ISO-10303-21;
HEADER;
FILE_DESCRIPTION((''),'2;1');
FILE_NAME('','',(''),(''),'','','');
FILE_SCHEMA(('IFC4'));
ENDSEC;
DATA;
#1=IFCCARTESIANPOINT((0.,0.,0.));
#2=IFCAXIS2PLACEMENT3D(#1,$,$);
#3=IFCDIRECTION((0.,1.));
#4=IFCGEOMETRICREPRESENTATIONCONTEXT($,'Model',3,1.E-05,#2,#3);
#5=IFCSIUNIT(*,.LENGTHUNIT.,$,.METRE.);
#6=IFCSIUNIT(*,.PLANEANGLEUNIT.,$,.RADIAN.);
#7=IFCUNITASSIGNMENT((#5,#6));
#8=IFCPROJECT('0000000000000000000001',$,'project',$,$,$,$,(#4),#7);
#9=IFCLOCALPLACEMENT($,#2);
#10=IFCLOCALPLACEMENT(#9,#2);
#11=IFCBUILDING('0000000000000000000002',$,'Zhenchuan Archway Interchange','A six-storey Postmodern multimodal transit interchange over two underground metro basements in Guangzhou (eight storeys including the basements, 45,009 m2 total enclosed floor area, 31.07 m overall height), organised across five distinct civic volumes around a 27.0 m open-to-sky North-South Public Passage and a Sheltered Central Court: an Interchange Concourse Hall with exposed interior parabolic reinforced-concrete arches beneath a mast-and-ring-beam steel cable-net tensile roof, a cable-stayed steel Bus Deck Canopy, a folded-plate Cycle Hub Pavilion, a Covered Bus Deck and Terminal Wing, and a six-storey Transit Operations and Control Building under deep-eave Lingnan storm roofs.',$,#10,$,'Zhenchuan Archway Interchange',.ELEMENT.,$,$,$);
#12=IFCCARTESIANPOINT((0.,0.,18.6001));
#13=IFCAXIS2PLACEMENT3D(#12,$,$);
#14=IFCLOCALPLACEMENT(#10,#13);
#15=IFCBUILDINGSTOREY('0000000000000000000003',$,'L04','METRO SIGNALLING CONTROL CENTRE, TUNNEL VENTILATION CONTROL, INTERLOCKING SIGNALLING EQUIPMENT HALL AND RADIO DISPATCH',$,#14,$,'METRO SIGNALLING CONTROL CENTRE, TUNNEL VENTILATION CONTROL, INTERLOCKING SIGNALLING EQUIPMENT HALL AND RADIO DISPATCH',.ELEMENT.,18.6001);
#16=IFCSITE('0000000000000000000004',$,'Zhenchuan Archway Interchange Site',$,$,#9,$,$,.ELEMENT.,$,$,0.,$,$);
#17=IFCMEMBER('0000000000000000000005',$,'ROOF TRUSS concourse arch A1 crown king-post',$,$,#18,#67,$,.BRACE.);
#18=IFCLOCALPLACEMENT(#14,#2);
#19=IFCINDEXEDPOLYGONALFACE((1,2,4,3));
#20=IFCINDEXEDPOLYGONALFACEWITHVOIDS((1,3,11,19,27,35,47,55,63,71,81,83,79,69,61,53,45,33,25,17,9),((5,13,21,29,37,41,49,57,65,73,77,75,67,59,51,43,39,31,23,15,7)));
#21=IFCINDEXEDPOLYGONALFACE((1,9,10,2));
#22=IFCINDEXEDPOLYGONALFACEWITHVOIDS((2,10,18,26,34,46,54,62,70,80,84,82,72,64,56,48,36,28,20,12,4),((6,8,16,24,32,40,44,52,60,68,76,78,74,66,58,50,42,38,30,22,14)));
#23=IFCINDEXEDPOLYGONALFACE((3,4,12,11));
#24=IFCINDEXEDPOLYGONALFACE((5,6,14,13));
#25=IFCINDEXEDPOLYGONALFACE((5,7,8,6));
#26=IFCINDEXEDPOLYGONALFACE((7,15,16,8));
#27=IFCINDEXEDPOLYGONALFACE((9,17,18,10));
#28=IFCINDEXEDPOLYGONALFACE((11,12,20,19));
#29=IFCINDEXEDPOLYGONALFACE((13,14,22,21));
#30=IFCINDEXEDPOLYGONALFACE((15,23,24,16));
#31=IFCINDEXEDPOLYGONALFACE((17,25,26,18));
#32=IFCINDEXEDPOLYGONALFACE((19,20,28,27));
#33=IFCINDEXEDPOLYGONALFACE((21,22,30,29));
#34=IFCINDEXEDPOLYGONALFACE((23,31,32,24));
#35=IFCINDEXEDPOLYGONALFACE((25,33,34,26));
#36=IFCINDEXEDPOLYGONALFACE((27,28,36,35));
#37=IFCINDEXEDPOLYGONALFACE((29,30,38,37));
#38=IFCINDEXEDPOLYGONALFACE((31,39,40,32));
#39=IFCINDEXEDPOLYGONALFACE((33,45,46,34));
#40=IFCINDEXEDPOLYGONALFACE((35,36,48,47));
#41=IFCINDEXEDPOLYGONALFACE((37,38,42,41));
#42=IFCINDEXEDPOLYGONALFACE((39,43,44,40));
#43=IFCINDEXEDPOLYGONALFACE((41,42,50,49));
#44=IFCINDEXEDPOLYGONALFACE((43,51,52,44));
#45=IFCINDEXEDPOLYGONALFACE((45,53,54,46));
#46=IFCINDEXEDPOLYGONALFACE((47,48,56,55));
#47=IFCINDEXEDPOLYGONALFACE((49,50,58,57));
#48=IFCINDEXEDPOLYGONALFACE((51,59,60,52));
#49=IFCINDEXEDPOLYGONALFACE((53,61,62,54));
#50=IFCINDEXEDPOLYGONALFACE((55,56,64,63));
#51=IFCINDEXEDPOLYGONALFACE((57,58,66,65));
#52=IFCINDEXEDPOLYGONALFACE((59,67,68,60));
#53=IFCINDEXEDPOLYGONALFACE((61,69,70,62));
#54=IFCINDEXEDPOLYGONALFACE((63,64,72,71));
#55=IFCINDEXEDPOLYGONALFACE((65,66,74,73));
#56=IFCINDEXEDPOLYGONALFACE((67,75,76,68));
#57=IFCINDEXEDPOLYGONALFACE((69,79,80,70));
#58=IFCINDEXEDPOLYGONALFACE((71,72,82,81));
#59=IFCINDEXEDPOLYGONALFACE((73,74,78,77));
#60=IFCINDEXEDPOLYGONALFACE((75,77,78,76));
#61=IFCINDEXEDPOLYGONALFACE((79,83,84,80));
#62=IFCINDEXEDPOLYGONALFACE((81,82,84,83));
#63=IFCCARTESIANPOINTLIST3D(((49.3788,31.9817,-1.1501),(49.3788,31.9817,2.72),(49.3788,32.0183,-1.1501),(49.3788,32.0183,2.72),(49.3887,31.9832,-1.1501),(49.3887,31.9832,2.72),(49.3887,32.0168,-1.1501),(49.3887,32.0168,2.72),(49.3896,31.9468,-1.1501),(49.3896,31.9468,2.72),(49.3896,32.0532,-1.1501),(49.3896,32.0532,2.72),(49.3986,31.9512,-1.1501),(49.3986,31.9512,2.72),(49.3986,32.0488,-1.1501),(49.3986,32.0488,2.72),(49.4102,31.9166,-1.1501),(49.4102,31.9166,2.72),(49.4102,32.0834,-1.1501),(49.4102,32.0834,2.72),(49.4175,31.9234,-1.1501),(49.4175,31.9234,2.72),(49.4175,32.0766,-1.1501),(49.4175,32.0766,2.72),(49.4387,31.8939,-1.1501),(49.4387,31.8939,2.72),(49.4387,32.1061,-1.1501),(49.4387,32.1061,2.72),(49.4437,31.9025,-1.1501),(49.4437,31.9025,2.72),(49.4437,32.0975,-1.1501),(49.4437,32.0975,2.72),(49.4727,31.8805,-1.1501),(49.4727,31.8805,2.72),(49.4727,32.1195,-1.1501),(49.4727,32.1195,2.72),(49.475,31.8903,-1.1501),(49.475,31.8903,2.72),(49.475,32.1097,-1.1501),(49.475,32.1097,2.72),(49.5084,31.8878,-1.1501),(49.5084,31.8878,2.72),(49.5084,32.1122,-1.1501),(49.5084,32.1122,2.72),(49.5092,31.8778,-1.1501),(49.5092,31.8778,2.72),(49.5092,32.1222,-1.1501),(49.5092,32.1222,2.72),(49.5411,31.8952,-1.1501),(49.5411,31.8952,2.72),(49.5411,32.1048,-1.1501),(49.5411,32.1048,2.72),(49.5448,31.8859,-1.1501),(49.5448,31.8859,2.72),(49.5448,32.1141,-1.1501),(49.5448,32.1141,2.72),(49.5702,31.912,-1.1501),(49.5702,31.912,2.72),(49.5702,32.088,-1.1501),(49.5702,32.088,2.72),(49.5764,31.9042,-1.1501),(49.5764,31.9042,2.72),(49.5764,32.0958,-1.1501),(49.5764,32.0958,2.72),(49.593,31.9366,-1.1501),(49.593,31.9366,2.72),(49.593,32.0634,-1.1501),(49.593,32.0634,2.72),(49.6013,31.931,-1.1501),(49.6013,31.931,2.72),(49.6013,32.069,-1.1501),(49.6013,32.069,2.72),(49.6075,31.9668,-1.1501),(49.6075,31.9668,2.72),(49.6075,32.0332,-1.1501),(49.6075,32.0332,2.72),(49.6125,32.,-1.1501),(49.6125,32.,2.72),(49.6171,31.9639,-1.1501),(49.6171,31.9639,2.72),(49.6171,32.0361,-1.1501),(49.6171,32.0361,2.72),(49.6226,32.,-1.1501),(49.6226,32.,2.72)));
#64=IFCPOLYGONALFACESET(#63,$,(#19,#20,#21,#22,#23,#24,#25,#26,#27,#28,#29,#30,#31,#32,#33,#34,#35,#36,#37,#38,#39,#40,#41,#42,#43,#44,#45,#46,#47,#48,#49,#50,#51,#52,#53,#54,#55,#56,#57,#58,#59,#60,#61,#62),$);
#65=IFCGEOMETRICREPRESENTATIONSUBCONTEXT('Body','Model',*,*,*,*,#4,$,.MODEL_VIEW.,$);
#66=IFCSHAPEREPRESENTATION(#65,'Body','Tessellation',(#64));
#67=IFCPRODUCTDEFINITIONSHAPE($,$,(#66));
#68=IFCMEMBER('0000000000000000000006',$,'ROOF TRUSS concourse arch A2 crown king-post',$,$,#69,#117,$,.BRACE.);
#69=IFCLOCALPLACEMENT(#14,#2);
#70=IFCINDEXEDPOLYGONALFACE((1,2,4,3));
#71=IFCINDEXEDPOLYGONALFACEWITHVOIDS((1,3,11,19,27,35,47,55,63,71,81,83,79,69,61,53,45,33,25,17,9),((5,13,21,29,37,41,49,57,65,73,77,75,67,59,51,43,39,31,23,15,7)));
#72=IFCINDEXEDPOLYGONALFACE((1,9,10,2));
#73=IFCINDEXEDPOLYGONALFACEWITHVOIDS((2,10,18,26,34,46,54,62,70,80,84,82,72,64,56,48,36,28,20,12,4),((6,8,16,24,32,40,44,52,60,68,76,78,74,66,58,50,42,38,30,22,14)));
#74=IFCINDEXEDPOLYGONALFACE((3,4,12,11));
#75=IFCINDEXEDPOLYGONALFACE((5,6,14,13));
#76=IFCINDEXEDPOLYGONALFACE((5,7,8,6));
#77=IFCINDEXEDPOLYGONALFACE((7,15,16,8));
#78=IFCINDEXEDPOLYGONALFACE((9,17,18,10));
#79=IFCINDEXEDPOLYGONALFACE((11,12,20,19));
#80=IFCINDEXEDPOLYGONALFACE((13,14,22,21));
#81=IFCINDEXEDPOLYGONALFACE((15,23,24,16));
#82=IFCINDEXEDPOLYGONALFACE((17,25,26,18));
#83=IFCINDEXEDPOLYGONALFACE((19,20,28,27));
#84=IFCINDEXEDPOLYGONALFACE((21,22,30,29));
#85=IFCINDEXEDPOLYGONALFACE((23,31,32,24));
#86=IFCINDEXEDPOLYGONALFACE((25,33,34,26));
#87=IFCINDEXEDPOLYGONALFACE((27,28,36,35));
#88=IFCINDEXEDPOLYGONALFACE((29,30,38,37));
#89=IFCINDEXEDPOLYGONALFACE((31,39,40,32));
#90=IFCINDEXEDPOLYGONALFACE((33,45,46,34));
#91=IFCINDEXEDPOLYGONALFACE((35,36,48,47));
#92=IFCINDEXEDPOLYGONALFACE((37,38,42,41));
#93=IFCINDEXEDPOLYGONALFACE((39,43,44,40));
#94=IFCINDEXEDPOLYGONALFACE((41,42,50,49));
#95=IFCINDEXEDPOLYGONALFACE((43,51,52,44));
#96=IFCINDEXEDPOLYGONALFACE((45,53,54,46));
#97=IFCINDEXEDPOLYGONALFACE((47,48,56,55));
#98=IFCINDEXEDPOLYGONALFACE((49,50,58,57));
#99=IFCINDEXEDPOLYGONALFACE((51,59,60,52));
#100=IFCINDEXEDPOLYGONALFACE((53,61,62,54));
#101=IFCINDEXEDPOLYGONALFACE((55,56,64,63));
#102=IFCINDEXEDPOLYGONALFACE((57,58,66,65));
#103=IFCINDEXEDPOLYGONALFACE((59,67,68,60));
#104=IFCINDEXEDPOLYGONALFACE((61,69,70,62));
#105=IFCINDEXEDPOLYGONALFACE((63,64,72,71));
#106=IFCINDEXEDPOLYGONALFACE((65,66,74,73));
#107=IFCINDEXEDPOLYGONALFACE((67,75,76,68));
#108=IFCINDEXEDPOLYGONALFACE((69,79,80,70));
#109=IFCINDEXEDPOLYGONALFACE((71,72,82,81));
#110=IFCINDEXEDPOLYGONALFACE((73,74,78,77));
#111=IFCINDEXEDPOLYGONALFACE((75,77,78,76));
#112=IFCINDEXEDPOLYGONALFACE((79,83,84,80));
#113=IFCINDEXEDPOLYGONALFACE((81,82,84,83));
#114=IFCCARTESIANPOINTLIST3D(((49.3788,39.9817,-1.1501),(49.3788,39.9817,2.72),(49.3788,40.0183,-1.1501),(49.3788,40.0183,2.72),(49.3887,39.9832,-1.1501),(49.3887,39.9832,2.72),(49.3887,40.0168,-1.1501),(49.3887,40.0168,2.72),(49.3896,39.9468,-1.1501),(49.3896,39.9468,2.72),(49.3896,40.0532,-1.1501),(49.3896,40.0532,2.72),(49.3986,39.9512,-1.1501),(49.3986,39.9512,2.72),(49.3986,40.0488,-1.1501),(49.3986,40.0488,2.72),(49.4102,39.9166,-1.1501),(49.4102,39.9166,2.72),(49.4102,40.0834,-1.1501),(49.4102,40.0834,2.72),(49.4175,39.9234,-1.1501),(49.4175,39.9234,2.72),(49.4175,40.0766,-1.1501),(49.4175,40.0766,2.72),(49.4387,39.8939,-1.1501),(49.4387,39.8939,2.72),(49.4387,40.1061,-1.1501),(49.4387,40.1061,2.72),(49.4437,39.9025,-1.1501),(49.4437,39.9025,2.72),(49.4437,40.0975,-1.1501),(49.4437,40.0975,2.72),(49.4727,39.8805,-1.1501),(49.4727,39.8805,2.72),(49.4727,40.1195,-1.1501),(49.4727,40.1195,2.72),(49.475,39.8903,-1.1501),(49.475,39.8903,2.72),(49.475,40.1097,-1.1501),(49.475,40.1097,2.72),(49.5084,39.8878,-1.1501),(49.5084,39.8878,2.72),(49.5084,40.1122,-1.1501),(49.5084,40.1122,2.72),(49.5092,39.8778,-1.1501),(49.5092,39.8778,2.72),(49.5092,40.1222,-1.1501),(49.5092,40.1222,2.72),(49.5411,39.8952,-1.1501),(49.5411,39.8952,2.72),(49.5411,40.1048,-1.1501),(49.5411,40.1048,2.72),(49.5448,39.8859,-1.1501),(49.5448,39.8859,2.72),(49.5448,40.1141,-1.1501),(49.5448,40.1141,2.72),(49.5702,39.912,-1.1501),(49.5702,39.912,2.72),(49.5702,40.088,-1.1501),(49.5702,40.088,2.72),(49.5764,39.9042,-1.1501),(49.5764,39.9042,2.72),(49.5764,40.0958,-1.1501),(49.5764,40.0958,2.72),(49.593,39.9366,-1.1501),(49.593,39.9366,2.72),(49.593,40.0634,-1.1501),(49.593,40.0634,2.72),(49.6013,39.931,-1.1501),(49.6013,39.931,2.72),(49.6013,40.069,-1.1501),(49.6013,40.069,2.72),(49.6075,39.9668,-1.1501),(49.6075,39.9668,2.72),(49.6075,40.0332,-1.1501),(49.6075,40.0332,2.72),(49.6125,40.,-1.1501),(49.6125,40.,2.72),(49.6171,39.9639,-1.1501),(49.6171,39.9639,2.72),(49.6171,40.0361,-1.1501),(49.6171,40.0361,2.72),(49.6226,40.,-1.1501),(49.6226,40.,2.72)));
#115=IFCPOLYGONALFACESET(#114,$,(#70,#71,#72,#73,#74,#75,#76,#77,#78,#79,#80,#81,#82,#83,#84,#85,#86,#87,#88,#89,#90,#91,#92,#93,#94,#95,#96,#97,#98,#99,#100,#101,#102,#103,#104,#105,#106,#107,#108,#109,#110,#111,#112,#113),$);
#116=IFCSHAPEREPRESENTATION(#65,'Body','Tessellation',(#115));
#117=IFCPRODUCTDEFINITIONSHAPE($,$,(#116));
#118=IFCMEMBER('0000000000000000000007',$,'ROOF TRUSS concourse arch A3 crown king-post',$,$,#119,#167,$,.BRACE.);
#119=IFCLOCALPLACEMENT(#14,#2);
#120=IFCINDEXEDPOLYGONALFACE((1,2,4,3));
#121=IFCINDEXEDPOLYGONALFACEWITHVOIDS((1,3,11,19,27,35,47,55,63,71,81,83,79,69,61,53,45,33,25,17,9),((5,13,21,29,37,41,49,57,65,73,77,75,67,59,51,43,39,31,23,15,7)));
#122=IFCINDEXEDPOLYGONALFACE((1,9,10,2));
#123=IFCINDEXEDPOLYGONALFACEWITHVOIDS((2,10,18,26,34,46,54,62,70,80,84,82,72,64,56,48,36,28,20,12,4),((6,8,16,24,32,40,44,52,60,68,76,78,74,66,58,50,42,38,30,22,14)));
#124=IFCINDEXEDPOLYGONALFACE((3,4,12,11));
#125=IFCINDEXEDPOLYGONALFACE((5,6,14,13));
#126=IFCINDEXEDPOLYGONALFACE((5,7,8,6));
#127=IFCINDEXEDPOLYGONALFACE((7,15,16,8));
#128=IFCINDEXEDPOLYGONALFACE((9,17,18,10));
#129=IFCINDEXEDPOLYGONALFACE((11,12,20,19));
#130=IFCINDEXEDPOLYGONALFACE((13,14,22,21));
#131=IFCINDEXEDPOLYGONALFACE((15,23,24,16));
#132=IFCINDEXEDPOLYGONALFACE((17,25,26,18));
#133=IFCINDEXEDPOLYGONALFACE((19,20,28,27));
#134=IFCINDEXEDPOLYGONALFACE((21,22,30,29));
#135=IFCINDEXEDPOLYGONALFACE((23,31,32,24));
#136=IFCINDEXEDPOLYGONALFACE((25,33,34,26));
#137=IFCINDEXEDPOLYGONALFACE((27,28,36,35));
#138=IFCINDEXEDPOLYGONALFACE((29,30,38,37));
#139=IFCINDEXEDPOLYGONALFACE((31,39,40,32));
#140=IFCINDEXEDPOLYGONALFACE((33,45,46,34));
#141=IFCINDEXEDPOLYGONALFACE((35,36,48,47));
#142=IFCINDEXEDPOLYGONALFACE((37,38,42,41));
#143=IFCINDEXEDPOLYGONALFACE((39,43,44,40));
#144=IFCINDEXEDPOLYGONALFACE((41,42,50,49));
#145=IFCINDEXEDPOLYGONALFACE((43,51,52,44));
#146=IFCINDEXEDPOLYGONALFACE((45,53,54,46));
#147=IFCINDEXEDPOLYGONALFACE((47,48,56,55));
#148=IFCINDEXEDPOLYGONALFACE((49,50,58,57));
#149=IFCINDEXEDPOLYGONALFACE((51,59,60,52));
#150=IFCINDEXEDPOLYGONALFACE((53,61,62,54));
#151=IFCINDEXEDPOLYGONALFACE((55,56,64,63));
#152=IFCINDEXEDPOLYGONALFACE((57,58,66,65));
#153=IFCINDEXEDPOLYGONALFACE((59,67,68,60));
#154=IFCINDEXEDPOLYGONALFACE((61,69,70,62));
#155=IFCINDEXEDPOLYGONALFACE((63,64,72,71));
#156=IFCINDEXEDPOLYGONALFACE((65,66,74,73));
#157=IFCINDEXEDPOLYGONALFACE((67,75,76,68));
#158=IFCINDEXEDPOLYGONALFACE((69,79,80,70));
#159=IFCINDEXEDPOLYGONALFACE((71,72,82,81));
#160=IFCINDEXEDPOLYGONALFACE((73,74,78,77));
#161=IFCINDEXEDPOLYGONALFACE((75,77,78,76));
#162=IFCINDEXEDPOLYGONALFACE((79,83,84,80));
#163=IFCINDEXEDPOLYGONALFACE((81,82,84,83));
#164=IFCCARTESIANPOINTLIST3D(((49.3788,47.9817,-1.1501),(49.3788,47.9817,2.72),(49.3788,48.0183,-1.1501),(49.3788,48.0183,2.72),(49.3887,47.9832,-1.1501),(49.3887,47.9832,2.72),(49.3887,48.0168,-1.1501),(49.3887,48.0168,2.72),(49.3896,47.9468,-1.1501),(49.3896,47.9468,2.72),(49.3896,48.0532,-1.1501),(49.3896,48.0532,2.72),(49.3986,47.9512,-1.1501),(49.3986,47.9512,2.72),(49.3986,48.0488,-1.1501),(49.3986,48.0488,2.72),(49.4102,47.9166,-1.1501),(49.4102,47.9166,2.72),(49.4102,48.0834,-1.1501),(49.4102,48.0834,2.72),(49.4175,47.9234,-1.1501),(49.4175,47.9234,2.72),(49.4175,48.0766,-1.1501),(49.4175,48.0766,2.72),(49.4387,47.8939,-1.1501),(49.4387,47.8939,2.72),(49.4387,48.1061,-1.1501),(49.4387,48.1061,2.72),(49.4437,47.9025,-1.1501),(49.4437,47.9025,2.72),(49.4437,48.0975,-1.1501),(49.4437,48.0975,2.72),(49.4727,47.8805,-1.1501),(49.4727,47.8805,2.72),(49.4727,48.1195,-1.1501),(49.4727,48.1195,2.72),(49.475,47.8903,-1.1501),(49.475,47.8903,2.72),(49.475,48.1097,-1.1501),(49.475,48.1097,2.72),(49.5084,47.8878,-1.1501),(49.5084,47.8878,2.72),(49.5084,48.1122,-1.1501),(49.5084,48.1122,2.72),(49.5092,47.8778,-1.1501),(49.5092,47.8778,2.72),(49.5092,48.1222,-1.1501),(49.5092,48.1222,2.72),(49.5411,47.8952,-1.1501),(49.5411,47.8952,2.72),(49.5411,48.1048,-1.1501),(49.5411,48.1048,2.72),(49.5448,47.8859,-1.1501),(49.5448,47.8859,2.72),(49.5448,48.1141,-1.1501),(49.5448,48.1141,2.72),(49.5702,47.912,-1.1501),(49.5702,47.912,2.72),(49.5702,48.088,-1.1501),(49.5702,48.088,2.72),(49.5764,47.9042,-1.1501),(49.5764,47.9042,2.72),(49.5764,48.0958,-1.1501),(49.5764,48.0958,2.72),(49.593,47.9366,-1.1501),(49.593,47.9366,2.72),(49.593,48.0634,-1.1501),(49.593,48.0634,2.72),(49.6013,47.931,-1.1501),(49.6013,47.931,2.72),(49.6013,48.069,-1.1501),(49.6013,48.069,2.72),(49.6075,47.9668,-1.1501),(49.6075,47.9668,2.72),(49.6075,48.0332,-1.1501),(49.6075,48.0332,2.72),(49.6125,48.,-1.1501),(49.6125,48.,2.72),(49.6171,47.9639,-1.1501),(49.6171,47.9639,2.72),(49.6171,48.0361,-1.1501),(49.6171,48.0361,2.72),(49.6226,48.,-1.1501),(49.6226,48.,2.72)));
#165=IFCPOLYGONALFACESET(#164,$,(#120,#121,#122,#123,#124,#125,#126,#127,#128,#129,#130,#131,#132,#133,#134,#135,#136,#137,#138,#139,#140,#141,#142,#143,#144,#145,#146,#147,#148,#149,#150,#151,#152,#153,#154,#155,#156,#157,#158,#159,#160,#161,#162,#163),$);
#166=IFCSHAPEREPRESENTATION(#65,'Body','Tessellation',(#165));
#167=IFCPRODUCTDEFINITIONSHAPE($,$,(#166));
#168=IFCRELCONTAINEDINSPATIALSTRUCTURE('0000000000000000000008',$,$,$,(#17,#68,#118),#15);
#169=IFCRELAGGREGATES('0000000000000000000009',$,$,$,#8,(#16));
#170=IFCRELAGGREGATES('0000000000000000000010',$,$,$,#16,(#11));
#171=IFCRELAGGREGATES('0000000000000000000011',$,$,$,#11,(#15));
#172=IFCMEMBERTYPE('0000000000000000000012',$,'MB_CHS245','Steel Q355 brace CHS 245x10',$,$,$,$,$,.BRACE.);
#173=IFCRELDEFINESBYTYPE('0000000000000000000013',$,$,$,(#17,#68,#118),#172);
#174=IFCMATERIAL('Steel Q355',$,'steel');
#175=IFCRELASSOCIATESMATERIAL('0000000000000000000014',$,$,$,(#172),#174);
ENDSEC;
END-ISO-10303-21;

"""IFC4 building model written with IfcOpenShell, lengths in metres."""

from ifc_helpers import new_model, si_unit, direction, frame, origin, origin_2d, place, context, subcontext, project, spatial, hollow_circle, extrude, material, material_profile, profile_set, type_object, element, save


model = new_model("IFC4")

# Units and contexts
model_context = context("Model", 3, precision=1e-05, world=origin(), true_north=direction((0.0, 1.0)))
body_context = subcontext(model_context, "Body", "Model", "MODEL_VIEW")
ifc_project = project(units=[si_unit("LENGTHUNIT", "METRE"), si_unit("PLANEANGLEUNIT", "RADIAN")], contexts=[model_context])

# Site, building, storey
site_placement = place(None, origin())
site = spatial("IfcSite", under=ifc_project, at=site_placement, Name="Zhenchuan Archway Interchange Site", CompositionType="ELEMENT", RefElevation=0.0)
building_placement = place(site_placement, origin())
building = spatial("IfcBuilding", under=site, at=building_placement, Name="Zhenchuan Archway Interchange", Description="A six-storey Postmodern multimodal transit interchange over two underground metro basements in Guangzhou (eight storeys including the basements, 45,009 m2 total enclosed floor area, 31.07 m overall height), organised across five distinct civic volumes around a 27.0 m open-to-sky North-South Public Passage and a Sheltered Central Court: an Interchange Concourse Hall with exposed interior parabolic reinforced-concrete arches beneath a mast-and-ring-beam steel cable-net tensile roof, a cable-stayed steel Bus Deck Canopy, a folded-plate Cycle Hub Pavilion, a Covered Bus Deck and Terminal Wing, and a six-storey Transit Operations and Control Building under deep-eave Lingnan storm roofs.", LongName="Zhenchuan Archway Interchange", CompositionType="ELEMENT")
storey_placement = place(building_placement, frame((0.0, 0.0, 18.6001)))
storey = spatial("IfcBuildingStorey", under=building, at=storey_placement, Name="L04", Description="METRO SIGNALLING CONTROL CENTRE, TUNNEL VENTILATION CONTROL, INTERLOCKING SIGNALLING EQUIPMENT HALL AND RADIO DISPATCH", LongName="METRO SIGNALLING CONTROL CENTRE, TUNNEL VENTILATION CONTROL, INTERLOCKING SIGNALLING EQUIPMENT HALL AND RADIO DISPATCH", CompositionType="ELEMENT", Elevation=18.6001)

# Members
ifc_material_1 = material(Name="Steel Q355", Category="steel")
ifc_material_profile_1 = material_profile(ifc_material_1, hollow_circle(Radius=0.1226, WallThickness=0.01, at=origin_2d()), Name="CHS 245x10")
ifc_profile_set_1 = profile_set([ifc_material_profile_1], Name="Steel Q355")
member_type_1 = type_object("IfcMemberType", Name="MB_CHS245", Description="Steel Q355 brace CHS 245x10", PredefinedType="BRACE", material=ifc_profile_set_1)
for number, where, z_axis, x_axis, name in (
    (1, (49.5, 32.0, -1.1501), (0.0, 0.0, 1.0), (1.0, 0.0, 0.0), "ROOF TRUSS concourse arch A1 crown king-post"),
    (2, (49.5, 40.0, -1.1501), (0.0, 0.0, 1.0), (1.0, 0.0, 0.0), "ROOF TRUSS concourse arch A2 crown king-post"),
    (3, (49.5, 48.0, -1.1501), (0.0, 0.0, 1.0), (1.0, 0.0, 0.0), "ROOF TRUSS concourse arch A3 crown king-post"),
):
    element("IfcMember", number, at=place(storey_placement, frame(where, z_axis=z_axis, x_axis=x_axis)), inside=storey, type_object=member_type_1, Name=name, PredefinedType="BRACE", context=body_context, shape_type="SweptSolid", body=[
        extrude(hollow_circle(Radius=0.1226, WallThickness=0.01, at=origin_2d()), origin(), (0.0, 0.0, 1.0), 3.8701),
    ])

save(model, "model.ifc")
